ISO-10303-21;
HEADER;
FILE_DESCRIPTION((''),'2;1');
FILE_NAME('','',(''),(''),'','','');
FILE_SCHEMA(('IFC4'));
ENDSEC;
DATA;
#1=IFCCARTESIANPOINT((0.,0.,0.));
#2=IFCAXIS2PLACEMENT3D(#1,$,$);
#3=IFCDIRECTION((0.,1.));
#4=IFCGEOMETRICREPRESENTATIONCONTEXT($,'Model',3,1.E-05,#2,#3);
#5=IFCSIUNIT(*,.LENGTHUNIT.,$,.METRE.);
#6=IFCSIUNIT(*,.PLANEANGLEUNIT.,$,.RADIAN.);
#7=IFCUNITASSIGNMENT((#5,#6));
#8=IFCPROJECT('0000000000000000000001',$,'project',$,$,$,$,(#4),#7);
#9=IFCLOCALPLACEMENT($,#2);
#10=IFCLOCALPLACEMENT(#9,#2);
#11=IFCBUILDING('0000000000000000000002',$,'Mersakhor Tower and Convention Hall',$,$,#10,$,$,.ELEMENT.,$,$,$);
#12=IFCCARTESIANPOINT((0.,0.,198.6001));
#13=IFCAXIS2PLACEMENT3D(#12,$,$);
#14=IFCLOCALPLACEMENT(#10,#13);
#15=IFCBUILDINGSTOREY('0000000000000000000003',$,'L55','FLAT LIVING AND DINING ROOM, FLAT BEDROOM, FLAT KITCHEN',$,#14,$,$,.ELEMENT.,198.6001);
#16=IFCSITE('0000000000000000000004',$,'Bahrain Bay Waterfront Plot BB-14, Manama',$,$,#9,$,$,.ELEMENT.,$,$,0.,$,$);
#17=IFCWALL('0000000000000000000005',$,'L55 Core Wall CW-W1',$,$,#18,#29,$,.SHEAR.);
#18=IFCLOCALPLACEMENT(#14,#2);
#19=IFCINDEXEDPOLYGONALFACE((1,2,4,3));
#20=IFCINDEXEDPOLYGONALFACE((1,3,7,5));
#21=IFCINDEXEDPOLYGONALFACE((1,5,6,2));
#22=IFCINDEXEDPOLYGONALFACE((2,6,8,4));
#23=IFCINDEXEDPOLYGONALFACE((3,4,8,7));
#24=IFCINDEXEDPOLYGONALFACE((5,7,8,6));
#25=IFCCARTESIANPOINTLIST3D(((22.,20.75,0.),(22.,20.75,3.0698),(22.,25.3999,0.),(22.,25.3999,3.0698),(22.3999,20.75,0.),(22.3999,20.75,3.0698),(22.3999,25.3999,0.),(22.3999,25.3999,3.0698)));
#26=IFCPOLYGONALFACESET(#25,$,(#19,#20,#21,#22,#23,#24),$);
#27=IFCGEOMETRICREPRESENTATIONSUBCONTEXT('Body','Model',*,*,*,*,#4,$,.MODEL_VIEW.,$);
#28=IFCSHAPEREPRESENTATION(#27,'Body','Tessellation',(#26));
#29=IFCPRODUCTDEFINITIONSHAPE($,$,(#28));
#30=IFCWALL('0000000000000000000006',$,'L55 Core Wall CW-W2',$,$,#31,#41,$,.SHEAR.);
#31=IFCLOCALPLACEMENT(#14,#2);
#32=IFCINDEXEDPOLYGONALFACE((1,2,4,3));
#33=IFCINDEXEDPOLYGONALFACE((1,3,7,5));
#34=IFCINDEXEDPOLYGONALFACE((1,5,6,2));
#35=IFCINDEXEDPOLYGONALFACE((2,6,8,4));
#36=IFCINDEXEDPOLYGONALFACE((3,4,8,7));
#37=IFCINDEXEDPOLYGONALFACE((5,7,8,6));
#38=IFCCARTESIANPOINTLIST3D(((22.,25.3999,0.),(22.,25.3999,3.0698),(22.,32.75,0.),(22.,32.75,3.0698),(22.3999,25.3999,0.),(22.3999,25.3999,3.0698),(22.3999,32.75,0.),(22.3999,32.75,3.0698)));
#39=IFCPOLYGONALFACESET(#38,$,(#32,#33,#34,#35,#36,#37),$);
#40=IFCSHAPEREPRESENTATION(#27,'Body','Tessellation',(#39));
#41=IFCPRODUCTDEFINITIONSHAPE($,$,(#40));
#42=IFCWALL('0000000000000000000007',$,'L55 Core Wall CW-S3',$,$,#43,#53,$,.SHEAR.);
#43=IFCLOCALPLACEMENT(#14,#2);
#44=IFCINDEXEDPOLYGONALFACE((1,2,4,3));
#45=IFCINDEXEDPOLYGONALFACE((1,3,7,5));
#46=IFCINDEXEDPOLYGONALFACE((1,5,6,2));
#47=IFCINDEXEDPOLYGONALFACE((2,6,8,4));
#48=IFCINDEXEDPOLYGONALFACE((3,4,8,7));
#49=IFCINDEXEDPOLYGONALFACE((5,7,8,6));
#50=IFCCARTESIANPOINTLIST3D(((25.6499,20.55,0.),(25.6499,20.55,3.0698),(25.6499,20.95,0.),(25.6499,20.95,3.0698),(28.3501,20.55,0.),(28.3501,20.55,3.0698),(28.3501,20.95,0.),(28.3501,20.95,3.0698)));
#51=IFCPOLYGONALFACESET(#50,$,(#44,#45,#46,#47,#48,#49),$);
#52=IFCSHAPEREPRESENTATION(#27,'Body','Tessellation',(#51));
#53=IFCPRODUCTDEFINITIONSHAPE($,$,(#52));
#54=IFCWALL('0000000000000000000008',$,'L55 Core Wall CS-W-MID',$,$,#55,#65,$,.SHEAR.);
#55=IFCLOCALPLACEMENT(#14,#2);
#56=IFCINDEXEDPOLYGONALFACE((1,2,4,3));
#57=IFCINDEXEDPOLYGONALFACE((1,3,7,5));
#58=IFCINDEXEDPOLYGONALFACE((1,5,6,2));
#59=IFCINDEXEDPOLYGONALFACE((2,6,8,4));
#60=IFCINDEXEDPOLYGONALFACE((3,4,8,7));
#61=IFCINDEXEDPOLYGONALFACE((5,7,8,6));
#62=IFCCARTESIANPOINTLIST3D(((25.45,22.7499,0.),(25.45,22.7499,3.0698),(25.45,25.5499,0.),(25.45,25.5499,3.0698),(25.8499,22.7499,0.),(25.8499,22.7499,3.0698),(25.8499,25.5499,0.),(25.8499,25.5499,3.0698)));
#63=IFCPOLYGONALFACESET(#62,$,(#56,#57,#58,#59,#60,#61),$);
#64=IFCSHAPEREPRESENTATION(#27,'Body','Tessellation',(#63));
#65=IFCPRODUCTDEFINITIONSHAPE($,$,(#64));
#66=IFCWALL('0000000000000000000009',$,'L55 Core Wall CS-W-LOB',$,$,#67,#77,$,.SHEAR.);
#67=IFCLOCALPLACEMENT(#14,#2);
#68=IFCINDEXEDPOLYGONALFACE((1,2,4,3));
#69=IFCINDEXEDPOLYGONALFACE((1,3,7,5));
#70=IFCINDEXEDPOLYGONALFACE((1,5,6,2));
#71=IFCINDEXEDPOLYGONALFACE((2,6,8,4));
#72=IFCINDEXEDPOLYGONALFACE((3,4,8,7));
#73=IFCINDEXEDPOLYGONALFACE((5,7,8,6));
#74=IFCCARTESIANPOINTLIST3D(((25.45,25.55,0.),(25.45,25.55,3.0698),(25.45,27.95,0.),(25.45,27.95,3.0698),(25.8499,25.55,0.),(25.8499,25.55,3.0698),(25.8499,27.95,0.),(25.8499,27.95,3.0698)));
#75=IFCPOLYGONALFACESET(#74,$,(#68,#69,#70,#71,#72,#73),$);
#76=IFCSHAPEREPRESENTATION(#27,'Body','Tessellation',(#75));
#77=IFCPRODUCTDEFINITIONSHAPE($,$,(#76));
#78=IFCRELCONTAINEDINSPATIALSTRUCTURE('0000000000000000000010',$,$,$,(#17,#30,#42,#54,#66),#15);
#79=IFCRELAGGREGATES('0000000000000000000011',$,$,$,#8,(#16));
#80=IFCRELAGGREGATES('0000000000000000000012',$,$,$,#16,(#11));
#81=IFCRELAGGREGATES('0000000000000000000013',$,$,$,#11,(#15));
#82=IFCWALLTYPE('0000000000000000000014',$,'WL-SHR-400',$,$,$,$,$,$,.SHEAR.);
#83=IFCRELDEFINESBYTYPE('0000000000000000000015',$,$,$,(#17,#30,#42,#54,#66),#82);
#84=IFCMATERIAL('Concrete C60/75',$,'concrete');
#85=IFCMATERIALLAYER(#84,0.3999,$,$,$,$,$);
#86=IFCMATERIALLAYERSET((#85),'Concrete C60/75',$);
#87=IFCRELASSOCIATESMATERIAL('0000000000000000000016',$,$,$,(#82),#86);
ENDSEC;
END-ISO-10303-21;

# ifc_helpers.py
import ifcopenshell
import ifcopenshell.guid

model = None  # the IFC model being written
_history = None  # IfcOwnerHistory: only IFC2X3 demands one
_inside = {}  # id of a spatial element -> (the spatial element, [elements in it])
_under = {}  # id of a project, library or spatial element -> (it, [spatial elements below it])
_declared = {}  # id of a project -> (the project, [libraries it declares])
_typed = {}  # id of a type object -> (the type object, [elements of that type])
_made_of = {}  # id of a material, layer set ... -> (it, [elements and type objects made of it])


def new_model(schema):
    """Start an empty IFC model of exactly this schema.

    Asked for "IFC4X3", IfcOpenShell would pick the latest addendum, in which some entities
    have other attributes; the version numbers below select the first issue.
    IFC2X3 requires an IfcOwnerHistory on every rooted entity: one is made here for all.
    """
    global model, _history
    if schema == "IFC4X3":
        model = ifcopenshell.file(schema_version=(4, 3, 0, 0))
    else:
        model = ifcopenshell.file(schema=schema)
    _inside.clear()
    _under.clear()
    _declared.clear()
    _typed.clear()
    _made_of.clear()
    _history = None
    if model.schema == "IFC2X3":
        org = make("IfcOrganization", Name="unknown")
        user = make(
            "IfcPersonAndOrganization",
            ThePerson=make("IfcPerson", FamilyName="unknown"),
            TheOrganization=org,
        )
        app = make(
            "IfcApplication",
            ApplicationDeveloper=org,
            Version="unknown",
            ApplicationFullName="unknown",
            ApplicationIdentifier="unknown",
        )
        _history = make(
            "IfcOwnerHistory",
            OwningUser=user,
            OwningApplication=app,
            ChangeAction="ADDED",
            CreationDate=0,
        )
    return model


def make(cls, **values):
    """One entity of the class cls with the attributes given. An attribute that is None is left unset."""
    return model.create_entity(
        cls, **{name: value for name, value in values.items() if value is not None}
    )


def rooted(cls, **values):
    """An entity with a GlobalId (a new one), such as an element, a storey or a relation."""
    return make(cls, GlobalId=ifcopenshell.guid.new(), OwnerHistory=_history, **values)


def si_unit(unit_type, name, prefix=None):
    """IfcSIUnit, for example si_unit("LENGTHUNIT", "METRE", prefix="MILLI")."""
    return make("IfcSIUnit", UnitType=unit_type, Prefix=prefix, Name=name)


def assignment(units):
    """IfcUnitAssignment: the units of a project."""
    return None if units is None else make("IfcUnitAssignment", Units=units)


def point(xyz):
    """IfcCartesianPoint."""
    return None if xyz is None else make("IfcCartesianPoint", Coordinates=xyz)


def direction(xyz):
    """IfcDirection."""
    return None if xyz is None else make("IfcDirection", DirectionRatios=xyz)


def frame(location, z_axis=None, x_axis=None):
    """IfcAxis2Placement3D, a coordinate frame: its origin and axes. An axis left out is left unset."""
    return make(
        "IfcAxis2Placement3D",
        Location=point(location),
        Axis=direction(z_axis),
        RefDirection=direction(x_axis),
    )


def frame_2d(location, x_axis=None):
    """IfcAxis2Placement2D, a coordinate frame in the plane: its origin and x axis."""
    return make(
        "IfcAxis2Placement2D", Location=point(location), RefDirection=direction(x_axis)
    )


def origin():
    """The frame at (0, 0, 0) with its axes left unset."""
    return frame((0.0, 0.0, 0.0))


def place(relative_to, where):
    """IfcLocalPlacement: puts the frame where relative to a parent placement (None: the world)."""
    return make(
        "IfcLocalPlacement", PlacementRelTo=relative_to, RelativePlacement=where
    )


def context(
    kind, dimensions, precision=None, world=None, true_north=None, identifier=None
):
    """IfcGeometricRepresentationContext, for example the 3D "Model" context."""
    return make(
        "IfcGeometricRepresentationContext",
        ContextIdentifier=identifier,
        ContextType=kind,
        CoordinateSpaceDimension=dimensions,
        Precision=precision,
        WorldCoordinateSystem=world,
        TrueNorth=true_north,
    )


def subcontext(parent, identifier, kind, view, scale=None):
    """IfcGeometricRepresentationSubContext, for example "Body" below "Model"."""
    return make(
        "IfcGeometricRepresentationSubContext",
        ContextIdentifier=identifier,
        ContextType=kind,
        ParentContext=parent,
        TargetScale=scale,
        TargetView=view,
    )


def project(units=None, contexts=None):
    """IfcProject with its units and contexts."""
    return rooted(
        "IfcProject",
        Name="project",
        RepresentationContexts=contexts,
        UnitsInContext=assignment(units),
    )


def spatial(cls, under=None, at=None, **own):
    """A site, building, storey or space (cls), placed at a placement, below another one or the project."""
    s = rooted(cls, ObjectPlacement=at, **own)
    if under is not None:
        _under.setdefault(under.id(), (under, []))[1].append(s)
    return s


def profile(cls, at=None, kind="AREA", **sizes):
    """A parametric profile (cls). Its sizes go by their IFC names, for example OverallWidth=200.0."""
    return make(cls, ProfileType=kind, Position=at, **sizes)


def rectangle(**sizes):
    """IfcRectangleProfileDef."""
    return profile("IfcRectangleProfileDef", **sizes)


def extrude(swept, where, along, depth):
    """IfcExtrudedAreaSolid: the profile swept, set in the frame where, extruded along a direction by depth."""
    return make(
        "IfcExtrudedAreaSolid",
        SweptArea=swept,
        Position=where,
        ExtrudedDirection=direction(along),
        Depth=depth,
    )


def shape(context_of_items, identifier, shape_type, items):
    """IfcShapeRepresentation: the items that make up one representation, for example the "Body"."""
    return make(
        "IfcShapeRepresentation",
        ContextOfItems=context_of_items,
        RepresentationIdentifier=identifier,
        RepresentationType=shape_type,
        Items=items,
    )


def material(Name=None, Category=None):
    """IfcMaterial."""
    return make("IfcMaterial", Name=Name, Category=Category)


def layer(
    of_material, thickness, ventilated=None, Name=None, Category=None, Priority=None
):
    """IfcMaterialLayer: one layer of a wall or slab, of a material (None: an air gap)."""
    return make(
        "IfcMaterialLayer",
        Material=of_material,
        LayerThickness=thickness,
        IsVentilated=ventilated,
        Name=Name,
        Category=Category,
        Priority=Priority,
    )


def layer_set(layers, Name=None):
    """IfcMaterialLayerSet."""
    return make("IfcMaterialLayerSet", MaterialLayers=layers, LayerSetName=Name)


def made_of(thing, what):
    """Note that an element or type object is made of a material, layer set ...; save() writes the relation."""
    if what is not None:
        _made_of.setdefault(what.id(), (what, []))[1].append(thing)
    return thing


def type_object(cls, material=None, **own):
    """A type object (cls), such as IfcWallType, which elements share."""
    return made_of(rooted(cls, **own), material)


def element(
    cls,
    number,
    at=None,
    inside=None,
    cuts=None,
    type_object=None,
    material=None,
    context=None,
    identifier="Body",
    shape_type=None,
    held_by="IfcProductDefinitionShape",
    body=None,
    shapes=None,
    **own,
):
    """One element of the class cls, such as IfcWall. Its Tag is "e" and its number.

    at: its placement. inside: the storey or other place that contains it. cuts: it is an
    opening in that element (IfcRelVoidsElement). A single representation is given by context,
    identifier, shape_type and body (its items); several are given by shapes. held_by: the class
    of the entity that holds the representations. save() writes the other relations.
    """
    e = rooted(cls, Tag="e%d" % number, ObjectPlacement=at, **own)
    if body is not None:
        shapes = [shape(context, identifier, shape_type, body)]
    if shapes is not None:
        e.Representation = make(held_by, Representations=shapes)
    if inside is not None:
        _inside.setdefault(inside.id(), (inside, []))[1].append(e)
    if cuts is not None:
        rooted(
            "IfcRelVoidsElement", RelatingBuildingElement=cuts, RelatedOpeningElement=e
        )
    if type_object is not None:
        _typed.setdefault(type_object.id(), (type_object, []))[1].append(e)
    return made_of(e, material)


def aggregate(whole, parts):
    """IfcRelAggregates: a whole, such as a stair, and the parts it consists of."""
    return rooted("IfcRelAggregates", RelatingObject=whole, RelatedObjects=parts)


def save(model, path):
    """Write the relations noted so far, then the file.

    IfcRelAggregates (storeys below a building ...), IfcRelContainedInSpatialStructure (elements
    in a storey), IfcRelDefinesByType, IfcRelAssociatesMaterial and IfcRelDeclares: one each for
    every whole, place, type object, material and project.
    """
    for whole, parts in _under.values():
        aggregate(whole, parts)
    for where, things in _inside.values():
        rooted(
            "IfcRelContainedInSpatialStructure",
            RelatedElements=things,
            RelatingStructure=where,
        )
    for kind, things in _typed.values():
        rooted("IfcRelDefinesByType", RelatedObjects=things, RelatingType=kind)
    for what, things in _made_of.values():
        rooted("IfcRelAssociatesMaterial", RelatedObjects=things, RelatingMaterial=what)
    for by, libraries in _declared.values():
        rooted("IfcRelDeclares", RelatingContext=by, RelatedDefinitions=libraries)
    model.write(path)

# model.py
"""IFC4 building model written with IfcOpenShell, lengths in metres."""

from ifc_helpers import new_model, si_unit, direction, frame, frame_2d, origin, place, context, subcontext, project, spatial, rectangle, extrude, material, layer, layer_set, type_object, element, save


model = new_model("IFC4")

# Units and contexts
model_context = context("Model", 3, precision=1e-05, world=origin(), true_north=direction((0.0, 1.0)))
body_context = subcontext(model_context, "Body", "Model", "MODEL_VIEW")
ifc_project = project(units=[si_unit("LENGTHUNIT", "METRE"), si_unit("PLANEANGLEUNIT", "RADIAN")], contexts=[model_context])

# Site, building, storey
site_placement = place(None, origin())
site = spatial("IfcSite", under=ifc_project, at=site_placement, Name="Bahrain Bay Waterfront Plot BB-14, Manama", CompositionType="ELEMENT", RefElevation=0.0)
building_placement = place(site_placement, origin())
building = spatial("IfcBuilding", under=site, at=building_placement, Name="Mersakhor Tower and Convention Hall", CompositionType="ELEMENT")
storey_placement = place(building_placement, frame((0.0, 0.0, 198.6001)))
storey = spatial("IfcBuildingStorey", under=building, at=storey_placement, Name="L55", Description="FLAT LIVING AND DINING ROOM, FLAT BEDROOM, FLAT KITCHEN", CompositionType="ELEMENT", Elevation=198.6001)

# Walls
ifc_material_1 = material(Name="Concrete C60/75", Category="concrete")
ifc_layer_1 = layer(ifc_material_1, 0.3999)
ifc_layer_set_1 = layer_set([ifc_layer_1], Name="Concrete C60/75")
wall_type_1 = type_object("IfcWallType", Name="WL-SHR-400", PredefinedType="SHEAR", material=ifc_layer_set_1)
wall_1_placement = place(storey_placement, frame((22.2, 20.75, 0.0), z_axis=(0.0, 0.0, 1.0), x_axis=(0.0, 1.0, 0.0)))
element("IfcWall", 1, at=wall_1_placement, inside=storey, type_object=wall_type_1, Name="L55 Core Wall CW-W1", PredefinedType="SHEAR", context=body_context, shape_type="SweptSolid", body=[
    extrude(rectangle(XDim=4.6499, YDim=0.3999, at=frame_2d((2.325, 0.0))), origin(), (0.0, 0.0, 1.0), 3.0698),
])
wall_2_placement = place(storey_placement, frame((22.2, 25.3999, 0.0), z_axis=(0.0, 0.0, 1.0), x_axis=(0.0, 1.0, 0.0)))
element("IfcWall", 2, at=wall_2_placement, inside=storey, type_object=wall_type_1, Name="L55 Core Wall CW-W2", PredefinedType="SHEAR", context=body_context, shape_type="SweptSolid", body=[
    extrude(rectangle(XDim=7.3501, YDim=0.3999, at=frame_2d((3.675, 0.0))), origin(), (0.0, 0.0, 1.0), 3.0698),
])
wall_3_placement = place(storey_placement, frame((28.3501, 20.75, 0.0), z_axis=(0.0, 0.0, 1.0), x_axis=(-1.0, 0.0, 0.0)))
element("IfcWall", 3, at=wall_3_placement, inside=storey, type_object=wall_type_1, Name="L55 Core Wall CW-S3", PredefinedType="SHEAR", context=body_context, shape_type="SweptSolid", body=[
    extrude(rectangle(XDim=2.7002, YDim=0.3999, at=frame_2d((1.3501, 0.0))), origin(), (0.0, 0.0, 1.0), 3.0698),
])

# Walls
wall_4_placement = place(storey_placement, frame((25.6499, 22.75, 0.0), z_axis=(0.0, 0.0, 1.0), x_axis=(0.0, 1.0, 0.0)))
element("IfcWall", 4, at=wall_4_placement, inside=storey, type_object=wall_type_1, Name="L55 Core Wall CS-W-MID", PredefinedType="SHEAR", context=body_context, shape_type="SweptSolid", body=[
    extrude(rectangle(XDim=2.8, YDim=0.3999, at=frame_2d((1.3999, 0.0))), origin(), (0.0, 0.0, 1.0), 3.0698),
])
wall_5_placement = place(storey_placement, frame((25.6499, 25.55, 0.0), z_axis=(0.0, 0.0, 1.0), x_axis=(0.0, 1.0, 0.0)))
element("IfcWall", 5, at=wall_5_placement, inside=storey, type_object=wall_type_1, Name="L55 Core Wall CS-W-LOB", PredefinedType="SHEAR", context=body_context, shape_type="SweptSolid", body=[
    extrude(rectangle(XDim=2.3999, YDim=0.3999, at=frame_2d((1.2, 0.0))), origin(), (0.0, 0.0, 1.0), 3.0698),
])

save(model, "model.ifc")
